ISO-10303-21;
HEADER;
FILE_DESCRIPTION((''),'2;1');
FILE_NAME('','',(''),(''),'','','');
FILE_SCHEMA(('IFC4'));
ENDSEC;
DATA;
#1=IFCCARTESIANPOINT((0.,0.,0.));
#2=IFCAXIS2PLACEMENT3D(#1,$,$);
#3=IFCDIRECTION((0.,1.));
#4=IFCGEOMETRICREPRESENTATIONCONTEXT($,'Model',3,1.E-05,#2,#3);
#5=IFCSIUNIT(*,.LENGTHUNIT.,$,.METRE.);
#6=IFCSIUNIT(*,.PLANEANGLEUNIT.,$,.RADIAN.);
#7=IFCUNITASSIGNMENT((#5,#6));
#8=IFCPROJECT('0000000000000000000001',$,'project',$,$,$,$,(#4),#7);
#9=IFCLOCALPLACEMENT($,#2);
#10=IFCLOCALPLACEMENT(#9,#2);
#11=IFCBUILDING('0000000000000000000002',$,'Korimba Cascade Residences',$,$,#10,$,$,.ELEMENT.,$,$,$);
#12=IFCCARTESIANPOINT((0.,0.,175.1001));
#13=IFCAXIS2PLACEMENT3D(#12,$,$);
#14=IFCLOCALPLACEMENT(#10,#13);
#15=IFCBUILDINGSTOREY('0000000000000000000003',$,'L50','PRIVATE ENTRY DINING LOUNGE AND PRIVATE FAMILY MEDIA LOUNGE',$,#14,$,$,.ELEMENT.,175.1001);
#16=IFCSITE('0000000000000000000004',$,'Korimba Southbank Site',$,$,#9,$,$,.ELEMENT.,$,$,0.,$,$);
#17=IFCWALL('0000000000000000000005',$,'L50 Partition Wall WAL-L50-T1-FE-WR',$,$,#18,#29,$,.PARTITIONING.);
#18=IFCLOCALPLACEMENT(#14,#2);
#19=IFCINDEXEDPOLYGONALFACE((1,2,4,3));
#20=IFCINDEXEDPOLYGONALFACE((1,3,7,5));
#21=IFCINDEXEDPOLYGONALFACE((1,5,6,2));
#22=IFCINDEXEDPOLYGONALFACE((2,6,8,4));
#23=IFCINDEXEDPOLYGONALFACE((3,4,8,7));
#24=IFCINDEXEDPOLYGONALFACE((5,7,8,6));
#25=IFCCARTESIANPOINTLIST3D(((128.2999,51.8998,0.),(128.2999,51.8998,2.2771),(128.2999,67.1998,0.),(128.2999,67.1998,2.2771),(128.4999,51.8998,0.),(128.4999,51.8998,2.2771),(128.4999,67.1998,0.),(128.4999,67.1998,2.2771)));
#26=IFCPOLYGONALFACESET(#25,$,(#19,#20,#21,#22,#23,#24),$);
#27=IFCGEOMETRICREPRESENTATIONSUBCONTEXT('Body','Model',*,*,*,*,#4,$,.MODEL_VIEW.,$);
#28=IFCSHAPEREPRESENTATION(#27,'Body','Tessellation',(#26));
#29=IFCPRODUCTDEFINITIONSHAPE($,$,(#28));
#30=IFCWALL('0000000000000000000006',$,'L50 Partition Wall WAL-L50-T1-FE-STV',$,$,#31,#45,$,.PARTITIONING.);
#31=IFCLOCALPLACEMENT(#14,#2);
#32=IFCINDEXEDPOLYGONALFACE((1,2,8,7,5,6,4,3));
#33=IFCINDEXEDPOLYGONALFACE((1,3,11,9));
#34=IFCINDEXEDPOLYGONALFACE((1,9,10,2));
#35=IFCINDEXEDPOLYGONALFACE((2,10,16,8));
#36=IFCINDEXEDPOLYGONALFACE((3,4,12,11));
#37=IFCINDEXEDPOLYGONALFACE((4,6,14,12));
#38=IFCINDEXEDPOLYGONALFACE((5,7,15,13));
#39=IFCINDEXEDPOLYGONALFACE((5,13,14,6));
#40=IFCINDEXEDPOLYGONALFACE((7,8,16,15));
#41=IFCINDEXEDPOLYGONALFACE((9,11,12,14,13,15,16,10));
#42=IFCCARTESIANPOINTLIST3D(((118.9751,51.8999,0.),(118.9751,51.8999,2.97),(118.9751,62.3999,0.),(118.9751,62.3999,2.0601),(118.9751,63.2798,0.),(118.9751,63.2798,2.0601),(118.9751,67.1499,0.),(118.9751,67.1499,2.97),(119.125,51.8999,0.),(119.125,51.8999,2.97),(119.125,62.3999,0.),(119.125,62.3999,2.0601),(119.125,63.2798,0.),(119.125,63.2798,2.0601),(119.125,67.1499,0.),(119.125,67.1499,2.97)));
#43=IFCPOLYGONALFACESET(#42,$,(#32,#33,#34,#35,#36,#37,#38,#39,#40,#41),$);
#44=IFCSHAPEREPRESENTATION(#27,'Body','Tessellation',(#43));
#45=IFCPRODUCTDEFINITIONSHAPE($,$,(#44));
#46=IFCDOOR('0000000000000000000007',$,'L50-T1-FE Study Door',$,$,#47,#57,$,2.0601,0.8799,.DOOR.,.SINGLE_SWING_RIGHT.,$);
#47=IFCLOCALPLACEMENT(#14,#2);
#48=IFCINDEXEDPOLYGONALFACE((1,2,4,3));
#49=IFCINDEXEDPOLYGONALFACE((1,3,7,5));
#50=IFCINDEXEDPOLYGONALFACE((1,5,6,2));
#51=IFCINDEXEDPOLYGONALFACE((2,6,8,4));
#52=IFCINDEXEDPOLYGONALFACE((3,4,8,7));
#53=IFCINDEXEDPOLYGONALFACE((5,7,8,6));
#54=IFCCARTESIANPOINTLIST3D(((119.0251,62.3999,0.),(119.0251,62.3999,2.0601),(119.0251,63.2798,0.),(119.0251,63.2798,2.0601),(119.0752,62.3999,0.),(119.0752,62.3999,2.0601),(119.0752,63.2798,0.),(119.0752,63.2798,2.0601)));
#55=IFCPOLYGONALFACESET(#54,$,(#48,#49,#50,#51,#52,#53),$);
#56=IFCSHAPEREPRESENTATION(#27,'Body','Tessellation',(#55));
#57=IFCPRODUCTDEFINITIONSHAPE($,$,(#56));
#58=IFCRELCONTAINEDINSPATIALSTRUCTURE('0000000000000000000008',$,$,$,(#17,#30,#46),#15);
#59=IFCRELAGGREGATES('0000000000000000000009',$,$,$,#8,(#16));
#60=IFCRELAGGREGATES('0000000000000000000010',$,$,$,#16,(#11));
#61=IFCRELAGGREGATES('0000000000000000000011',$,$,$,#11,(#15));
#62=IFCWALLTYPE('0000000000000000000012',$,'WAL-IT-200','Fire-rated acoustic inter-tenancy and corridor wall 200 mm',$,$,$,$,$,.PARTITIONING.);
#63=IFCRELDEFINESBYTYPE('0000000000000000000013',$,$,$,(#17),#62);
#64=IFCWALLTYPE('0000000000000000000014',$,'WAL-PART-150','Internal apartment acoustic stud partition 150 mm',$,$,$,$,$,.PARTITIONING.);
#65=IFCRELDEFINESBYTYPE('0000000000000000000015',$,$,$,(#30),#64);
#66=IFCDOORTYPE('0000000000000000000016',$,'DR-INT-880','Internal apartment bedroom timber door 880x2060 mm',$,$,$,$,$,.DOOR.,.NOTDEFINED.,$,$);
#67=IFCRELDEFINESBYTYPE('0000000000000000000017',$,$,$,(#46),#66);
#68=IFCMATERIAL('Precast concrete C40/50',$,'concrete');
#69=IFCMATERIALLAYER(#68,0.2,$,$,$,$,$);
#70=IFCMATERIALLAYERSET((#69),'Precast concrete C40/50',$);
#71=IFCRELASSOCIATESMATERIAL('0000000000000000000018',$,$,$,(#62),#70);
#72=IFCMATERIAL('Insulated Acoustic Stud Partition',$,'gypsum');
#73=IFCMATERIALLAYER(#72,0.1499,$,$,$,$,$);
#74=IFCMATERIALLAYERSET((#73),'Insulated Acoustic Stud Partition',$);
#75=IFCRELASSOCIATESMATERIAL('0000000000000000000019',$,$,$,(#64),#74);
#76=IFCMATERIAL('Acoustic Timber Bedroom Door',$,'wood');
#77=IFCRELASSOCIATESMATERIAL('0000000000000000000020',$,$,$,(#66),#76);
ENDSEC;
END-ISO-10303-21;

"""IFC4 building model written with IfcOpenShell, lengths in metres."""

from ifc_helpers import new_model, si_unit, direction, frame, frame_2d, origin, place, context, subcontext, project, spatial, rectangle, extrude, material, layer, layer_set, type_object, element, fill, save


model = new_model("IFC4")

# Units and contexts
model_context = context("Model", 3, precision=1e-05, world=origin(), true_north=direction((0.0, 1.0)))
body_context = subcontext(model_context, "Body", "Model", "MODEL_VIEW")
ifc_project = project(units=[si_unit("LENGTHUNIT", "METRE"), si_unit("PLANEANGLEUNIT", "RADIAN")], contexts=[model_context])

# Site, building, storey
site_placement = place(None, origin())
site = spatial("IfcSite", under=ifc_project, at=site_placement, Name="Korimba Southbank Site", CompositionType="ELEMENT", RefElevation=0.0)
building_placement = place(site_placement, origin())
building = spatial("IfcBuilding", under=site, at=building_placement, Name="Korimba Cascade Residences", CompositionType="ELEMENT")
storey_placement = place(building_placement, frame((0.0, 0.0, 175.1001)))
storey = spatial("IfcBuildingStorey", under=building, at=storey_placement, Name="L50", Description="PRIVATE ENTRY DINING LOUNGE AND PRIVATE FAMILY MEDIA LOUNGE", CompositionType="ELEMENT", Elevation=175.1001)

# Shared definitions
ifc_material_1 = material(Name="Precast concrete C40/50", Category="concrete")

# Wall
ifc_layer_1 = layer(ifc_material_1, 0.2)
ifc_layer_set_1 = layer_set([ifc_layer_1], Name="Precast concrete C40/50")
wall_type_1 = type_object("IfcWallType", Name="WAL-IT-200", Description="Fire-rated acoustic inter-tenancy and corridor wall 200 mm", PredefinedType="PARTITIONING", material=ifc_layer_set_1)
wall_1_placement = place(storey_placement, frame((128.3999, 51.8999, 0.0), z_axis=(0.0, 0.0, 1.0), x_axis=(0.0, 1.0, 0.0)))
element("IfcWall", 1, at=wall_1_placement, inside=storey, type_object=wall_type_1, Name="L50 Partition Wall WAL-L50-T1-FE-WR", PredefinedType="PARTITIONING", context=body_context, shape_type="SweptSolid", body=[
    extrude(rectangle(XDim=15.3, YDim=0.2, at=frame_2d((7.6499, 0.0))), origin(), (0.0, 0.0, 1.0), 2.2771),
])

# Wall, opening, door
ifc_material_2 = material(Name="Insulated Acoustic Stud Partition", Category="gypsum")
ifc_layer_2 = layer(ifc_material_2, 0.1499)
ifc_layer_set_2 = layer_set([ifc_layer_2], Name="Insulated Acoustic Stud Partition")
wall_type_2 = type_object("IfcWallType", Name="WAL-PART-150", Description="Internal apartment acoustic stud partition 150 mm", PredefinedType="PARTITIONING", material=ifc_layer_set_2)
wall_2_placement = place(storey_placement, frame((119.05, 51.8999, 0.0), z_axis=(0.0, 0.0, 1.0), x_axis=(0.0, 1.0, 0.0)))
wall_2 = element("IfcWall", 2, at=wall_2_placement, inside=storey, type_object=wall_type_2, Name="L50 Partition Wall WAL-L50-T1-FE-STV", PredefinedType="PARTITIONING", context=body_context, shape_type="SweptSolid", body=[
    extrude(rectangle(XDim=15.25, YDim=0.1499, at=frame_2d((7.625, 0.0))), origin(), (0.0, 0.0, 1.0), 2.97),
])
opening_1_placement = place(wall_2_placement, frame((10.5, 0.0, 0.0)))
opening_1 = element("IfcOpeningElement", 3, at=opening_1_placement, cuts=wall_2, PredefinedType="OPENING", context=body_context, shape_type="SweptSolid", body=[
    extrude(rectangle(XDim=0.8799, YDim=2.0601, at=frame_2d((0.4399, 1.03))), frame((0.0, 0.085, 0.0), z_axis=(0.0, -1.0, 0.0), x_axis=(1.0, 0.0, 0.0)), (0.0, 0.0, 1.0), 0.1699),
])
ifc_material_3 = material(Name="Acoustic Timber Bedroom Door", Category="wood")
door_type = type_object("IfcDoorType", Name="DR-INT-880", Description="Internal apartment bedroom timber door 880x2060 mm", OperationType="NOTDEFINED", PredefinedType="DOOR", material=ifc_material_3)
door_placement = place(opening_1_placement, origin())
door = element("IfcDoor", 4, at=door_placement, inside=storey, type_object=door_type, Name="L50-T1-FE Study Door", OperationType="SINGLE_SWING_RIGHT", OverallHeight=2.0601, OverallWidth=0.8799, PredefinedType="DOOR", context=body_context, shape_type="SweptSolid", body=[
    extrude(rectangle(XDim=0.8799, YDim=2.0601, at=frame_2d((0.4399, 1.03))), frame((0.0, 0.0249, 0.0), z_axis=(0.0, -1.0, 0.0), x_axis=(1.0, 0.0, 0.0)), (0.0, 0.0, 1.0), 0.05),
])
fill(opening_1, door)

save(model, "model.ifc")
